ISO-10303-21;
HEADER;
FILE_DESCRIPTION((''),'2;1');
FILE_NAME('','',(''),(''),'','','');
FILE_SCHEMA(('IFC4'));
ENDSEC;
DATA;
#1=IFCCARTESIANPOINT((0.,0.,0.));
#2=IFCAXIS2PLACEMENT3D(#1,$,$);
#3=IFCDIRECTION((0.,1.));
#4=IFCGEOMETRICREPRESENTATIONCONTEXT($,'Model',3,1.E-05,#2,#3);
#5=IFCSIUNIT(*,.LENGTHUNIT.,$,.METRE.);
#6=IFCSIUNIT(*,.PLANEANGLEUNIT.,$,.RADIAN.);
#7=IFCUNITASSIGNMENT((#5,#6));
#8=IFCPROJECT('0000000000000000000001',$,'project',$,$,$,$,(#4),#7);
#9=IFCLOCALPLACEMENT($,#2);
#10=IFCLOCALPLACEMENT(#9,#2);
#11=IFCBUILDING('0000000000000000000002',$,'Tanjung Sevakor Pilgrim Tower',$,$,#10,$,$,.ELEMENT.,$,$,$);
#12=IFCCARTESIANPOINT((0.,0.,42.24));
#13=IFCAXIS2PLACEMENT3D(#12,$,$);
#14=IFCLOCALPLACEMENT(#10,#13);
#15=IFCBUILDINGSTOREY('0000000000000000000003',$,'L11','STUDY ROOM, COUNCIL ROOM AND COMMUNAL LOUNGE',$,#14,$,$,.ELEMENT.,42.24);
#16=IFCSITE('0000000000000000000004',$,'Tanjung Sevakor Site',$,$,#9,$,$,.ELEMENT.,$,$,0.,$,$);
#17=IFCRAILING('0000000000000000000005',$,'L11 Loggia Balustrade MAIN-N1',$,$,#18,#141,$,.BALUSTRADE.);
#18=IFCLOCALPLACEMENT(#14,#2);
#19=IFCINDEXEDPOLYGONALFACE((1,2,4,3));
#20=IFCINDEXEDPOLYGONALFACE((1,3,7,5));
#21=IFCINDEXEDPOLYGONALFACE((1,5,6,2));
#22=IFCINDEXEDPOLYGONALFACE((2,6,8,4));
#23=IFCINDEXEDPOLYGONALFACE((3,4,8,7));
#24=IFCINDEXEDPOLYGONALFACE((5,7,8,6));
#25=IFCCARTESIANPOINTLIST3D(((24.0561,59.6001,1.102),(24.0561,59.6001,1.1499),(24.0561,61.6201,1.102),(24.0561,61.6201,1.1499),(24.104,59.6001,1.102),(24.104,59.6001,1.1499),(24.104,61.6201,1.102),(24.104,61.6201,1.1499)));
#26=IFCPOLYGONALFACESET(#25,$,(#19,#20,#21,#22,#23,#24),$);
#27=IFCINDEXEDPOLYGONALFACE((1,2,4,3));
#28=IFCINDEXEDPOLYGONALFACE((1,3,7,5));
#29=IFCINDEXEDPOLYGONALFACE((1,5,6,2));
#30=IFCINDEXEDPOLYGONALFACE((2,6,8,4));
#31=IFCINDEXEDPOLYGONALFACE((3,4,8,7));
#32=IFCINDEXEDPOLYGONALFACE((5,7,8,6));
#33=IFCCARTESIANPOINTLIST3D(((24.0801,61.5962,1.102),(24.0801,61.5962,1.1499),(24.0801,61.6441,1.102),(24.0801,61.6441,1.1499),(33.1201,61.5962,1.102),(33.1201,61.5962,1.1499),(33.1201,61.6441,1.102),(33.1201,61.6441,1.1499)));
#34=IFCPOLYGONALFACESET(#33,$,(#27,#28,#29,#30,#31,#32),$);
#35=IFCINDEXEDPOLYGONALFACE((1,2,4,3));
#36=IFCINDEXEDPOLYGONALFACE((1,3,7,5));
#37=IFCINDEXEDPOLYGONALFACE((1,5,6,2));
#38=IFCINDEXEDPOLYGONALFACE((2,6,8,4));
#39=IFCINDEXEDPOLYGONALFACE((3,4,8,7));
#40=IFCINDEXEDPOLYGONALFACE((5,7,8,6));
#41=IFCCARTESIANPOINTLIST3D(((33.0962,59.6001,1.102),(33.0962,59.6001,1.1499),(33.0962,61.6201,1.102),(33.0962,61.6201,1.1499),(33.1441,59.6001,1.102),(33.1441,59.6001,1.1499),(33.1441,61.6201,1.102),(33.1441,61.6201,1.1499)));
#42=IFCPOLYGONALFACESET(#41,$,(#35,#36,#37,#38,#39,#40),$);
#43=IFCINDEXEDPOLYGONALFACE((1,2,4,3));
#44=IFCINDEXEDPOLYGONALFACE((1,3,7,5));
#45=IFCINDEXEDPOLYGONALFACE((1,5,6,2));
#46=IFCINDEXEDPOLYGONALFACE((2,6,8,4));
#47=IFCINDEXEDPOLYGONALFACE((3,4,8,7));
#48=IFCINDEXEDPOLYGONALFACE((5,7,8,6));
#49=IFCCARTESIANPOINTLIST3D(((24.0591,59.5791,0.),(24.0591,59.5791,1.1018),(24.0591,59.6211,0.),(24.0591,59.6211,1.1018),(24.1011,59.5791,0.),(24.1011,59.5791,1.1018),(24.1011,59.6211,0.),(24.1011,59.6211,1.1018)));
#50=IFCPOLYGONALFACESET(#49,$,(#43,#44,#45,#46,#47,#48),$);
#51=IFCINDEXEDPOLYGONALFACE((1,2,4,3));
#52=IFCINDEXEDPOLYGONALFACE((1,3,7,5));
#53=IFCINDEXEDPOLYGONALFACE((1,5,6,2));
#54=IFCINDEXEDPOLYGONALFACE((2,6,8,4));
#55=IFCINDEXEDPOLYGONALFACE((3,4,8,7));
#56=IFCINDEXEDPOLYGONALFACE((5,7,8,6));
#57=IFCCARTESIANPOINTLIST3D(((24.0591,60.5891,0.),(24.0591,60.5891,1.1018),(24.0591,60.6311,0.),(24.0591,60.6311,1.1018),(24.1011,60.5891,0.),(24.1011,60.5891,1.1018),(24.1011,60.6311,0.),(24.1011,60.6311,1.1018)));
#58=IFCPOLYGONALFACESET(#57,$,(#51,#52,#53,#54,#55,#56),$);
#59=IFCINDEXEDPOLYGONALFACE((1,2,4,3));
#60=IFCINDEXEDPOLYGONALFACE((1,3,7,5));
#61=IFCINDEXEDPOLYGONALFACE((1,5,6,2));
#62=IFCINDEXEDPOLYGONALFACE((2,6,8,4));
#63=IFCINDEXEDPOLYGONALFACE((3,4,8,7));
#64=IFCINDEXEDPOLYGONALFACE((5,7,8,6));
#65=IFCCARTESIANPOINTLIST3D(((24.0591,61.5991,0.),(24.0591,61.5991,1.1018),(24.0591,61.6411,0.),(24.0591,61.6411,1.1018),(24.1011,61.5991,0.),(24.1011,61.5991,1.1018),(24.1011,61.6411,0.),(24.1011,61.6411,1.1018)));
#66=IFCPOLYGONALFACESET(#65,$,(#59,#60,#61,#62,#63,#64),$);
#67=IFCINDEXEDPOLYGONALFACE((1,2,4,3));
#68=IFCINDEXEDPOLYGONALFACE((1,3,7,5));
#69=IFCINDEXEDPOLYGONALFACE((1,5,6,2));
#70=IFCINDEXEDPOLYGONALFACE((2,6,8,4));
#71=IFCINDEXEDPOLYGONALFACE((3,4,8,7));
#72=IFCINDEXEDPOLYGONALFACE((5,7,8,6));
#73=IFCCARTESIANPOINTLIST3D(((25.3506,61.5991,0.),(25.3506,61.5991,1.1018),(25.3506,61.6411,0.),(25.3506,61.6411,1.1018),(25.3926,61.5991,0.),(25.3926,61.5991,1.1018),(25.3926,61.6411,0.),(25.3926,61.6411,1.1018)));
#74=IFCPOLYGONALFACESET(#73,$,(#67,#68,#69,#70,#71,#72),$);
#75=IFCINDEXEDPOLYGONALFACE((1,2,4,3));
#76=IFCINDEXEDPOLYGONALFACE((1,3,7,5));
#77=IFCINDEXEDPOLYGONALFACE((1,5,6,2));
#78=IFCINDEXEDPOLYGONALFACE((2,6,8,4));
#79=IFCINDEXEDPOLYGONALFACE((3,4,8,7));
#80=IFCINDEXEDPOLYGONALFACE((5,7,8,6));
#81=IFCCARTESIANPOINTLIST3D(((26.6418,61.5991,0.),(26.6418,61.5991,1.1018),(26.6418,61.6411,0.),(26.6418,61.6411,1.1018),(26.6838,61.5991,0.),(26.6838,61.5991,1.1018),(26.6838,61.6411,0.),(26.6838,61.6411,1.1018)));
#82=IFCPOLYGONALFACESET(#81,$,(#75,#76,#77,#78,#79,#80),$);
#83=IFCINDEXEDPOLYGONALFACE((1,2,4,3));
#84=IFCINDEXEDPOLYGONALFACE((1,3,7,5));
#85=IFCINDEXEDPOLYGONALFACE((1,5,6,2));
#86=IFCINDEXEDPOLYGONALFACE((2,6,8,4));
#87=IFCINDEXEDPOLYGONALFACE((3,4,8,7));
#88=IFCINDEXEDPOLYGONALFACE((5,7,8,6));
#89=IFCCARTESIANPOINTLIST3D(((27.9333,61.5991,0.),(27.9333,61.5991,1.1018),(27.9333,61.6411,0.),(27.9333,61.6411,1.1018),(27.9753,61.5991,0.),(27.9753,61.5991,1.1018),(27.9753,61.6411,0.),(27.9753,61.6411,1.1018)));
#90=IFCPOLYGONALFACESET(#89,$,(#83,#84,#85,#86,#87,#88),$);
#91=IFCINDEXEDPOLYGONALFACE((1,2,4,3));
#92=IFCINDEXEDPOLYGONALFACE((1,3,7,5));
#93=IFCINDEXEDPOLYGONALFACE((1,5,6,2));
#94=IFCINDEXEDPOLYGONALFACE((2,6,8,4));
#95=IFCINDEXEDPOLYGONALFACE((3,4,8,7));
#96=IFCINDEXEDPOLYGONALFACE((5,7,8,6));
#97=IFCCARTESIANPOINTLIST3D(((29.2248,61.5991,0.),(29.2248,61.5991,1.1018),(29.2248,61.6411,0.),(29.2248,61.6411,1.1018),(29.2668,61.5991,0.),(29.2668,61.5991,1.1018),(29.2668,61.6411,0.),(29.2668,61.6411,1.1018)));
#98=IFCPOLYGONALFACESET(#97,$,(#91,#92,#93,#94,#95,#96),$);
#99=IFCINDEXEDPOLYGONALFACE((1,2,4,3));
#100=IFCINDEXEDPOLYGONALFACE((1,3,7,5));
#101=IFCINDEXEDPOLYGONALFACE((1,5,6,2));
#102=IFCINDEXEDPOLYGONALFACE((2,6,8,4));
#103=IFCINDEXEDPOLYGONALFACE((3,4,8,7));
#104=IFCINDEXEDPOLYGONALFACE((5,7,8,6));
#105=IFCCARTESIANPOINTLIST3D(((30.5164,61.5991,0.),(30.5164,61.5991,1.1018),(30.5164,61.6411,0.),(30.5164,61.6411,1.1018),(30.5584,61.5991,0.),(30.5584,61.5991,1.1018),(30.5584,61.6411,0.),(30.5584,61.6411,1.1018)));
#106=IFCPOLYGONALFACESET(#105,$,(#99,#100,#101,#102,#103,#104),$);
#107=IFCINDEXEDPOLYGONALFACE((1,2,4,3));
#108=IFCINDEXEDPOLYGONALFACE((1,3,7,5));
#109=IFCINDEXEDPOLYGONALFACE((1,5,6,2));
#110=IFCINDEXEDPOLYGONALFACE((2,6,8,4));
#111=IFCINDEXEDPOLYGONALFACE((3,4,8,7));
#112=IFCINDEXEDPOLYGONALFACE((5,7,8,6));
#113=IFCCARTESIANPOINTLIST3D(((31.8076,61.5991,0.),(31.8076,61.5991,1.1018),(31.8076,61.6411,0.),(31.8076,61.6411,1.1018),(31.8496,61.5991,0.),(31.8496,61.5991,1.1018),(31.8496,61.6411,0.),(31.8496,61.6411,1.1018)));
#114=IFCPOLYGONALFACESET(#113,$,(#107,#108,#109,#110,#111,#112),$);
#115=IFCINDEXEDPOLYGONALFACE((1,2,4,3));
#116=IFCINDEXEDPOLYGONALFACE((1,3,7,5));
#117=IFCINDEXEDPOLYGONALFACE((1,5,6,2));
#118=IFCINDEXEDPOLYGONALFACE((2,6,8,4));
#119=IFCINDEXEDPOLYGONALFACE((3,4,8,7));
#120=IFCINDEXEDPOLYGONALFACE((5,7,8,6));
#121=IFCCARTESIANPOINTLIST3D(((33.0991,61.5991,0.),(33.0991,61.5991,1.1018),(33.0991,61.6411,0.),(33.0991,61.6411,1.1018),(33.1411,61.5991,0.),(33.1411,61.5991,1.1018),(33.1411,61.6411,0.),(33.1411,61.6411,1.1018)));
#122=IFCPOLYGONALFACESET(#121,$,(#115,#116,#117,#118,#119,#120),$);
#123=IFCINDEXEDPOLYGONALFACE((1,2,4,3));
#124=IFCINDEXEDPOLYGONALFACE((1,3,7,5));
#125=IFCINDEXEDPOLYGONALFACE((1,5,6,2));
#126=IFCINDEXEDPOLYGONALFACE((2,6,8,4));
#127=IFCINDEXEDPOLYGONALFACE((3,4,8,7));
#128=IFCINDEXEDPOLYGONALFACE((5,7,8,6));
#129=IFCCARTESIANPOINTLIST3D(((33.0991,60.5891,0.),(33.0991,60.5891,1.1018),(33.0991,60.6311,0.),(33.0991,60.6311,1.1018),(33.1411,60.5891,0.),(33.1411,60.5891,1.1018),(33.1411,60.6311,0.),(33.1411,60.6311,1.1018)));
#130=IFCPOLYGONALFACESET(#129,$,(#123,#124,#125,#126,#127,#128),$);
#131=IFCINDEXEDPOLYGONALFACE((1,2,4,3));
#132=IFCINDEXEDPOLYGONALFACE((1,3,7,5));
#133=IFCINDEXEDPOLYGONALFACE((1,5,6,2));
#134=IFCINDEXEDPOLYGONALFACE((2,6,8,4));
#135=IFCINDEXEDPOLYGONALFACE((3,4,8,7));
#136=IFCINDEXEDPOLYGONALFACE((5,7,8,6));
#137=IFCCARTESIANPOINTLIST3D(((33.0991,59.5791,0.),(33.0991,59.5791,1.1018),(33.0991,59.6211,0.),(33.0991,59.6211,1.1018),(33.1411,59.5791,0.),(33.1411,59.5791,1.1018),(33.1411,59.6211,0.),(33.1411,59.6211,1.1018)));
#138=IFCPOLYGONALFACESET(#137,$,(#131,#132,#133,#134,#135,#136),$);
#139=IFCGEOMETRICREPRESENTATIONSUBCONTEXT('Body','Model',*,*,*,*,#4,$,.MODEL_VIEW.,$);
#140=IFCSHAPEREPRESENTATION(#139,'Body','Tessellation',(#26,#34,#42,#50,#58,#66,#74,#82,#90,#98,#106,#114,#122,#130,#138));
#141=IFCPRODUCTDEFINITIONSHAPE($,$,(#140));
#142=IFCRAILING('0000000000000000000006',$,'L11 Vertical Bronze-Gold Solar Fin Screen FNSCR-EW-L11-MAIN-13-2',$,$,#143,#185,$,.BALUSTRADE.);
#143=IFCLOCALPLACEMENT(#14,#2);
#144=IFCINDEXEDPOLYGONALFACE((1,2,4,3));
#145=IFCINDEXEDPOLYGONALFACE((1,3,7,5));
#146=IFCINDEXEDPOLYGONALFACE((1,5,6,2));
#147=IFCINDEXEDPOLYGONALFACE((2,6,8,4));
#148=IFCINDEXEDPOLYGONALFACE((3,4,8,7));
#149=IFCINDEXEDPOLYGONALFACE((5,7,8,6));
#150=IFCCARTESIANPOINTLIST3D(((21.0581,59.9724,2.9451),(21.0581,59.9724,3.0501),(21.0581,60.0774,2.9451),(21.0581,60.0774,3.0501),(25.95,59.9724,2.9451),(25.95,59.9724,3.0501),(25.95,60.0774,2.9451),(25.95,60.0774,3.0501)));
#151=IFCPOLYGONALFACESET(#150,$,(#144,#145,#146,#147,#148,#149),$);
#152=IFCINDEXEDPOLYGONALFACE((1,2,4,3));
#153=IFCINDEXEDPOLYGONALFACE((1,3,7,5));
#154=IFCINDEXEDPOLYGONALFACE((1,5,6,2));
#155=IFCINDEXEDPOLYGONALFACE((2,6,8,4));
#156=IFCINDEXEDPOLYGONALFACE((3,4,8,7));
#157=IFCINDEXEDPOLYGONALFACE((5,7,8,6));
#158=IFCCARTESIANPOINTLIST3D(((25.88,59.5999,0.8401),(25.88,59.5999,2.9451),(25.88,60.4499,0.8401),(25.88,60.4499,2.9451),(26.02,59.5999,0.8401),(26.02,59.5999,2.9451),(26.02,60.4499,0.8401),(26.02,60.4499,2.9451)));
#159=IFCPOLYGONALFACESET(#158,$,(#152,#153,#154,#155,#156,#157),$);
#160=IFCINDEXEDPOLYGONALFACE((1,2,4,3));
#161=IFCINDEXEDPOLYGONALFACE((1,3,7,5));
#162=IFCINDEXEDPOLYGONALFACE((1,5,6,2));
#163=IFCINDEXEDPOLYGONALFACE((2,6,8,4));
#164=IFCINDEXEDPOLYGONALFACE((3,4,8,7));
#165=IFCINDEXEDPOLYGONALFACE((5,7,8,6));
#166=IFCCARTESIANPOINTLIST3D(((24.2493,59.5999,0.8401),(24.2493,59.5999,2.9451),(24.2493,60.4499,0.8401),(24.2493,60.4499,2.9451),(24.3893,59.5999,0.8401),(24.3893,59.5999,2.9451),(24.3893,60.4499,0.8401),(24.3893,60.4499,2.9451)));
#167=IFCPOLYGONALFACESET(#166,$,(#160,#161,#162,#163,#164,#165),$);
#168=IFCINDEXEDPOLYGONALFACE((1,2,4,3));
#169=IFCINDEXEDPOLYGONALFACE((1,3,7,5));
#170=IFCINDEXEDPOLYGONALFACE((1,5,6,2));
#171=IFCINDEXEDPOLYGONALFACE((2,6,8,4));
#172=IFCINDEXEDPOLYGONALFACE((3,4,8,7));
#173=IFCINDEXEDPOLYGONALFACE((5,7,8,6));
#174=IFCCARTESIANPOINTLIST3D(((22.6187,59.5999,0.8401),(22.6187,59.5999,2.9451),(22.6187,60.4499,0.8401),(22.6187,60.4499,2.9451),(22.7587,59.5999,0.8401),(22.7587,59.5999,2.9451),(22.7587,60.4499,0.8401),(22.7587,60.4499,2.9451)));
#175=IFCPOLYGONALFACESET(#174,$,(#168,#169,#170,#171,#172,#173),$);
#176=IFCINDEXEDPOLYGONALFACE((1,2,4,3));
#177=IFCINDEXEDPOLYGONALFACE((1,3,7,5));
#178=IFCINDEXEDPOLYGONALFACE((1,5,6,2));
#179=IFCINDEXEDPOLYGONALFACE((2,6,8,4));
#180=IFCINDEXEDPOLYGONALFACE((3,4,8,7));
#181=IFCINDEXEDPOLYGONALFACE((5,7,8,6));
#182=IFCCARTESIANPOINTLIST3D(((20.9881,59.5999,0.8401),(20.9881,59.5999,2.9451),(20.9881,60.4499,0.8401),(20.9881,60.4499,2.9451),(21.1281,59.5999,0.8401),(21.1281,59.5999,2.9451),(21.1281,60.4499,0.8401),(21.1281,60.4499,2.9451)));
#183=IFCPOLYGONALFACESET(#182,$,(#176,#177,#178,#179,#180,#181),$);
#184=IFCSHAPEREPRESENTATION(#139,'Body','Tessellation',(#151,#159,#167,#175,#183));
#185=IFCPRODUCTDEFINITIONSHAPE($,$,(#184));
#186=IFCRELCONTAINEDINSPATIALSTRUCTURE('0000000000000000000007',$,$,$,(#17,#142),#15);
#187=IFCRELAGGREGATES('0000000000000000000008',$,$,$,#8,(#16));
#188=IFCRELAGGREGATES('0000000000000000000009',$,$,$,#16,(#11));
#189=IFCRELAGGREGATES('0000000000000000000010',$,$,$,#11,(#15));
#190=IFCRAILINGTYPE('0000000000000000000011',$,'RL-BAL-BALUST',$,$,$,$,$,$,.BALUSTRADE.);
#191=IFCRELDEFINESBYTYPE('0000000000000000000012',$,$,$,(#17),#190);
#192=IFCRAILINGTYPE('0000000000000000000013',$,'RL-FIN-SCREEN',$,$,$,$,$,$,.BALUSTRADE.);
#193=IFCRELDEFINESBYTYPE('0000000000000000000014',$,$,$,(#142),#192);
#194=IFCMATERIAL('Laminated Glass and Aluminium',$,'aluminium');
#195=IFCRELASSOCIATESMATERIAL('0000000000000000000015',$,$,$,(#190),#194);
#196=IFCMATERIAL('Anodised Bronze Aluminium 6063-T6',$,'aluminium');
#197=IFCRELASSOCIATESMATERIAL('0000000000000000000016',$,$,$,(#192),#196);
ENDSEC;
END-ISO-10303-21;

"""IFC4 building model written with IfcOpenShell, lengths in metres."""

from ifc_helpers import new_model, si_unit, direction, frame, origin, place, context, subcontext, project, spatial, rectangle, extrude, material, type_object, element, save


model = new_model("IFC4")

# Units and contexts
model_context = context("Model", 3, precision=1e-05, world=origin(), true_north=direction((0.0, 1.0)))
body_context = subcontext(model_context, "Body", "Model", "MODEL_VIEW")
ifc_project = project(units=[si_unit("LENGTHUNIT", "METRE"), si_unit("PLANEANGLEUNIT", "RADIAN")], contexts=[model_context])

# Site, building, storey
site_placement = place(None, origin())
site = spatial("IfcSite", under=ifc_project, at=site_placement, Name="Tanjung Sevakor Site", CompositionType="ELEMENT", RefElevation=0.0)
building_placement = place(site_placement, origin())
building = spatial("IfcBuilding", under=site, at=building_placement, Name="Tanjung Sevakor Pilgrim Tower", CompositionType="ELEMENT")
storey_placement = place(building_placement, frame((0.0, 0.0, 42.24)))
storey = spatial("IfcBuildingStorey", under=building, at=storey_placement, Name="L11", Description="STUDY ROOM, COUNCIL ROOM AND COMMUNAL LOUNGE", CompositionType="ELEMENT", Elevation=42.24)

# Railings
ifc_material_1 = material(Name="Laminated Glass and Aluminium", Category="aluminium")
railing_type_1 = type_object("IfcRailingType", Name="RL-BAL-BALUST", PredefinedType="BALUSTRADE", material=ifc_material_1)
railing_1_placement = place(storey_placement, frame((24.0801, 59.6001, 0.0)))
element("IfcRailing", 1, at=railing_1_placement, inside=storey, type_object=railing_type_1, Name="L11 Loggia Balustrade MAIN-N1", PredefinedType="BALUSTRADE", context=body_context, shape_type="SweptSolid", body=[
    extrude(rectangle(XDim=0.0479, YDim=0.0479), frame((0.0, 0.0, 1.126), z_axis=(0.0, 1.0, 0.0), x_axis=(-1.0, 0.0, 0.0)), (0.0, 0.0, 1.0), 2.02),
    extrude(rectangle(XDim=0.0479, YDim=0.0479), frame((0.0, 2.02, 1.126), z_axis=(1.0, 0.0, 0.0), x_axis=(0.0, 1.0, 0.0)), (0.0, 0.0, 1.0), 9.04),
    extrude(rectangle(XDim=0.0479, YDim=0.0479), frame((9.04, 2.02, 1.126), z_axis=(0.0, -1.0, 0.0), x_axis=(1.0, 0.0, 0.0)), (0.0, 0.0, 1.0), 2.02),
    extrude(rectangle(XDim=0.042, YDim=0.042), origin(), (0.0, 0.0, 1.0), 1.1018),
    extrude(rectangle(XDim=0.042, YDim=0.042), frame((0.0, 1.01, 0.0)), (0.0, 0.0, 1.0), 1.1018),
    extrude(rectangle(XDim=0.042, YDim=0.042), frame((0.0, 2.02, 0.0)), (0.0, 0.0, 1.0), 1.1018),
    extrude(rectangle(XDim=0.042, YDim=0.042), frame((1.2915, 2.02, 0.0)), (0.0, 0.0, 1.0), 1.1018),
    extrude(rectangle(XDim=0.042, YDim=0.042), frame((2.5828, 2.02, 0.0)), (0.0, 0.0, 1.0), 1.1018),
    extrude(rectangle(XDim=0.042, YDim=0.042), frame((3.8743, 2.02, 0.0)), (0.0, 0.0, 1.0), 1.1018),
    extrude(rectangle(XDim=0.042, YDim=0.042), frame((5.1658, 2.02, 0.0)), (0.0, 0.0, 1.0), 1.1018),
    extrude(rectangle(XDim=0.042, YDim=0.042), frame((6.4573, 2.02, 0.0)), (0.0, 0.0, 1.0), 1.1018),
    extrude(rectangle(XDim=0.042, YDim=0.042), frame((7.7485, 2.02, 0.0)), (0.0, 0.0, 1.0), 1.1018),
    extrude(rectangle(XDim=0.042, YDim=0.042), frame((9.04, 2.02, 0.0)), (0.0, 0.0, 1.0), 1.1018),
    extrude(rectangle(XDim=0.042, YDim=0.042), frame((9.04, 1.01, 0.0)), (0.0, 0.0, 1.0), 1.1018),
    extrude(rectangle(XDim=0.042, YDim=0.042), frame((9.04, 0.0, 0.0)), (0.0, 0.0, 1.0), 1.1018),
])
ifc_material_2 = material(Name="Anodised Bronze Aluminium 6063-T6", Category="aluminium")
railing_type_2 = type_object("IfcRailingType", Name="RL-FIN-SCREEN", PredefinedType="BALUSTRADE", material=ifc_material_2)
railing_2_placement = place(storey_placement, frame((25.95, 60.0249, 0.8401)))
element("IfcRailing", 2, at=railing_2_placement, inside=storey, type_object=railing_type_2, Name="L11 Vertical Bronze-Gold Solar Fin Screen FNSCR-EW-L11-MAIN-13-2", PredefinedType="BALUSTRADE", context=body_context, shape_type="SweptSolid", body=[
    extrude(rectangle(XDim=0.105, YDim=0.105), frame((0.0, 0.0, 2.1575), z_axis=(-1.0, 0.0, 0.0), x_axis=(0.0, -1.0, 0.0)), (0.0, 0.0, 1.0), 4.8918),
    extrude(rectangle(XDim=0.14, YDim=0.85), origin(), (0.0, 0.0, 1.0), 2.105),
    extrude(rectangle(XDim=0.14, YDim=0.85), frame((-1.6306, 0.0, 0.0)), (0.0, 0.0, 1.0), 2.105),
    extrude(rectangle(XDim=0.14, YDim=0.85), frame((-3.2612, 0.0, 0.0)), (0.0, 0.0, 1.0), 2.105),
    extrude(rectangle(XDim=0.14, YDim=0.85), frame((-4.8918, 0.0, 0.0)), (0.0, 0.0, 1.0), 2.105),
])

save(model, "model.ifc")
